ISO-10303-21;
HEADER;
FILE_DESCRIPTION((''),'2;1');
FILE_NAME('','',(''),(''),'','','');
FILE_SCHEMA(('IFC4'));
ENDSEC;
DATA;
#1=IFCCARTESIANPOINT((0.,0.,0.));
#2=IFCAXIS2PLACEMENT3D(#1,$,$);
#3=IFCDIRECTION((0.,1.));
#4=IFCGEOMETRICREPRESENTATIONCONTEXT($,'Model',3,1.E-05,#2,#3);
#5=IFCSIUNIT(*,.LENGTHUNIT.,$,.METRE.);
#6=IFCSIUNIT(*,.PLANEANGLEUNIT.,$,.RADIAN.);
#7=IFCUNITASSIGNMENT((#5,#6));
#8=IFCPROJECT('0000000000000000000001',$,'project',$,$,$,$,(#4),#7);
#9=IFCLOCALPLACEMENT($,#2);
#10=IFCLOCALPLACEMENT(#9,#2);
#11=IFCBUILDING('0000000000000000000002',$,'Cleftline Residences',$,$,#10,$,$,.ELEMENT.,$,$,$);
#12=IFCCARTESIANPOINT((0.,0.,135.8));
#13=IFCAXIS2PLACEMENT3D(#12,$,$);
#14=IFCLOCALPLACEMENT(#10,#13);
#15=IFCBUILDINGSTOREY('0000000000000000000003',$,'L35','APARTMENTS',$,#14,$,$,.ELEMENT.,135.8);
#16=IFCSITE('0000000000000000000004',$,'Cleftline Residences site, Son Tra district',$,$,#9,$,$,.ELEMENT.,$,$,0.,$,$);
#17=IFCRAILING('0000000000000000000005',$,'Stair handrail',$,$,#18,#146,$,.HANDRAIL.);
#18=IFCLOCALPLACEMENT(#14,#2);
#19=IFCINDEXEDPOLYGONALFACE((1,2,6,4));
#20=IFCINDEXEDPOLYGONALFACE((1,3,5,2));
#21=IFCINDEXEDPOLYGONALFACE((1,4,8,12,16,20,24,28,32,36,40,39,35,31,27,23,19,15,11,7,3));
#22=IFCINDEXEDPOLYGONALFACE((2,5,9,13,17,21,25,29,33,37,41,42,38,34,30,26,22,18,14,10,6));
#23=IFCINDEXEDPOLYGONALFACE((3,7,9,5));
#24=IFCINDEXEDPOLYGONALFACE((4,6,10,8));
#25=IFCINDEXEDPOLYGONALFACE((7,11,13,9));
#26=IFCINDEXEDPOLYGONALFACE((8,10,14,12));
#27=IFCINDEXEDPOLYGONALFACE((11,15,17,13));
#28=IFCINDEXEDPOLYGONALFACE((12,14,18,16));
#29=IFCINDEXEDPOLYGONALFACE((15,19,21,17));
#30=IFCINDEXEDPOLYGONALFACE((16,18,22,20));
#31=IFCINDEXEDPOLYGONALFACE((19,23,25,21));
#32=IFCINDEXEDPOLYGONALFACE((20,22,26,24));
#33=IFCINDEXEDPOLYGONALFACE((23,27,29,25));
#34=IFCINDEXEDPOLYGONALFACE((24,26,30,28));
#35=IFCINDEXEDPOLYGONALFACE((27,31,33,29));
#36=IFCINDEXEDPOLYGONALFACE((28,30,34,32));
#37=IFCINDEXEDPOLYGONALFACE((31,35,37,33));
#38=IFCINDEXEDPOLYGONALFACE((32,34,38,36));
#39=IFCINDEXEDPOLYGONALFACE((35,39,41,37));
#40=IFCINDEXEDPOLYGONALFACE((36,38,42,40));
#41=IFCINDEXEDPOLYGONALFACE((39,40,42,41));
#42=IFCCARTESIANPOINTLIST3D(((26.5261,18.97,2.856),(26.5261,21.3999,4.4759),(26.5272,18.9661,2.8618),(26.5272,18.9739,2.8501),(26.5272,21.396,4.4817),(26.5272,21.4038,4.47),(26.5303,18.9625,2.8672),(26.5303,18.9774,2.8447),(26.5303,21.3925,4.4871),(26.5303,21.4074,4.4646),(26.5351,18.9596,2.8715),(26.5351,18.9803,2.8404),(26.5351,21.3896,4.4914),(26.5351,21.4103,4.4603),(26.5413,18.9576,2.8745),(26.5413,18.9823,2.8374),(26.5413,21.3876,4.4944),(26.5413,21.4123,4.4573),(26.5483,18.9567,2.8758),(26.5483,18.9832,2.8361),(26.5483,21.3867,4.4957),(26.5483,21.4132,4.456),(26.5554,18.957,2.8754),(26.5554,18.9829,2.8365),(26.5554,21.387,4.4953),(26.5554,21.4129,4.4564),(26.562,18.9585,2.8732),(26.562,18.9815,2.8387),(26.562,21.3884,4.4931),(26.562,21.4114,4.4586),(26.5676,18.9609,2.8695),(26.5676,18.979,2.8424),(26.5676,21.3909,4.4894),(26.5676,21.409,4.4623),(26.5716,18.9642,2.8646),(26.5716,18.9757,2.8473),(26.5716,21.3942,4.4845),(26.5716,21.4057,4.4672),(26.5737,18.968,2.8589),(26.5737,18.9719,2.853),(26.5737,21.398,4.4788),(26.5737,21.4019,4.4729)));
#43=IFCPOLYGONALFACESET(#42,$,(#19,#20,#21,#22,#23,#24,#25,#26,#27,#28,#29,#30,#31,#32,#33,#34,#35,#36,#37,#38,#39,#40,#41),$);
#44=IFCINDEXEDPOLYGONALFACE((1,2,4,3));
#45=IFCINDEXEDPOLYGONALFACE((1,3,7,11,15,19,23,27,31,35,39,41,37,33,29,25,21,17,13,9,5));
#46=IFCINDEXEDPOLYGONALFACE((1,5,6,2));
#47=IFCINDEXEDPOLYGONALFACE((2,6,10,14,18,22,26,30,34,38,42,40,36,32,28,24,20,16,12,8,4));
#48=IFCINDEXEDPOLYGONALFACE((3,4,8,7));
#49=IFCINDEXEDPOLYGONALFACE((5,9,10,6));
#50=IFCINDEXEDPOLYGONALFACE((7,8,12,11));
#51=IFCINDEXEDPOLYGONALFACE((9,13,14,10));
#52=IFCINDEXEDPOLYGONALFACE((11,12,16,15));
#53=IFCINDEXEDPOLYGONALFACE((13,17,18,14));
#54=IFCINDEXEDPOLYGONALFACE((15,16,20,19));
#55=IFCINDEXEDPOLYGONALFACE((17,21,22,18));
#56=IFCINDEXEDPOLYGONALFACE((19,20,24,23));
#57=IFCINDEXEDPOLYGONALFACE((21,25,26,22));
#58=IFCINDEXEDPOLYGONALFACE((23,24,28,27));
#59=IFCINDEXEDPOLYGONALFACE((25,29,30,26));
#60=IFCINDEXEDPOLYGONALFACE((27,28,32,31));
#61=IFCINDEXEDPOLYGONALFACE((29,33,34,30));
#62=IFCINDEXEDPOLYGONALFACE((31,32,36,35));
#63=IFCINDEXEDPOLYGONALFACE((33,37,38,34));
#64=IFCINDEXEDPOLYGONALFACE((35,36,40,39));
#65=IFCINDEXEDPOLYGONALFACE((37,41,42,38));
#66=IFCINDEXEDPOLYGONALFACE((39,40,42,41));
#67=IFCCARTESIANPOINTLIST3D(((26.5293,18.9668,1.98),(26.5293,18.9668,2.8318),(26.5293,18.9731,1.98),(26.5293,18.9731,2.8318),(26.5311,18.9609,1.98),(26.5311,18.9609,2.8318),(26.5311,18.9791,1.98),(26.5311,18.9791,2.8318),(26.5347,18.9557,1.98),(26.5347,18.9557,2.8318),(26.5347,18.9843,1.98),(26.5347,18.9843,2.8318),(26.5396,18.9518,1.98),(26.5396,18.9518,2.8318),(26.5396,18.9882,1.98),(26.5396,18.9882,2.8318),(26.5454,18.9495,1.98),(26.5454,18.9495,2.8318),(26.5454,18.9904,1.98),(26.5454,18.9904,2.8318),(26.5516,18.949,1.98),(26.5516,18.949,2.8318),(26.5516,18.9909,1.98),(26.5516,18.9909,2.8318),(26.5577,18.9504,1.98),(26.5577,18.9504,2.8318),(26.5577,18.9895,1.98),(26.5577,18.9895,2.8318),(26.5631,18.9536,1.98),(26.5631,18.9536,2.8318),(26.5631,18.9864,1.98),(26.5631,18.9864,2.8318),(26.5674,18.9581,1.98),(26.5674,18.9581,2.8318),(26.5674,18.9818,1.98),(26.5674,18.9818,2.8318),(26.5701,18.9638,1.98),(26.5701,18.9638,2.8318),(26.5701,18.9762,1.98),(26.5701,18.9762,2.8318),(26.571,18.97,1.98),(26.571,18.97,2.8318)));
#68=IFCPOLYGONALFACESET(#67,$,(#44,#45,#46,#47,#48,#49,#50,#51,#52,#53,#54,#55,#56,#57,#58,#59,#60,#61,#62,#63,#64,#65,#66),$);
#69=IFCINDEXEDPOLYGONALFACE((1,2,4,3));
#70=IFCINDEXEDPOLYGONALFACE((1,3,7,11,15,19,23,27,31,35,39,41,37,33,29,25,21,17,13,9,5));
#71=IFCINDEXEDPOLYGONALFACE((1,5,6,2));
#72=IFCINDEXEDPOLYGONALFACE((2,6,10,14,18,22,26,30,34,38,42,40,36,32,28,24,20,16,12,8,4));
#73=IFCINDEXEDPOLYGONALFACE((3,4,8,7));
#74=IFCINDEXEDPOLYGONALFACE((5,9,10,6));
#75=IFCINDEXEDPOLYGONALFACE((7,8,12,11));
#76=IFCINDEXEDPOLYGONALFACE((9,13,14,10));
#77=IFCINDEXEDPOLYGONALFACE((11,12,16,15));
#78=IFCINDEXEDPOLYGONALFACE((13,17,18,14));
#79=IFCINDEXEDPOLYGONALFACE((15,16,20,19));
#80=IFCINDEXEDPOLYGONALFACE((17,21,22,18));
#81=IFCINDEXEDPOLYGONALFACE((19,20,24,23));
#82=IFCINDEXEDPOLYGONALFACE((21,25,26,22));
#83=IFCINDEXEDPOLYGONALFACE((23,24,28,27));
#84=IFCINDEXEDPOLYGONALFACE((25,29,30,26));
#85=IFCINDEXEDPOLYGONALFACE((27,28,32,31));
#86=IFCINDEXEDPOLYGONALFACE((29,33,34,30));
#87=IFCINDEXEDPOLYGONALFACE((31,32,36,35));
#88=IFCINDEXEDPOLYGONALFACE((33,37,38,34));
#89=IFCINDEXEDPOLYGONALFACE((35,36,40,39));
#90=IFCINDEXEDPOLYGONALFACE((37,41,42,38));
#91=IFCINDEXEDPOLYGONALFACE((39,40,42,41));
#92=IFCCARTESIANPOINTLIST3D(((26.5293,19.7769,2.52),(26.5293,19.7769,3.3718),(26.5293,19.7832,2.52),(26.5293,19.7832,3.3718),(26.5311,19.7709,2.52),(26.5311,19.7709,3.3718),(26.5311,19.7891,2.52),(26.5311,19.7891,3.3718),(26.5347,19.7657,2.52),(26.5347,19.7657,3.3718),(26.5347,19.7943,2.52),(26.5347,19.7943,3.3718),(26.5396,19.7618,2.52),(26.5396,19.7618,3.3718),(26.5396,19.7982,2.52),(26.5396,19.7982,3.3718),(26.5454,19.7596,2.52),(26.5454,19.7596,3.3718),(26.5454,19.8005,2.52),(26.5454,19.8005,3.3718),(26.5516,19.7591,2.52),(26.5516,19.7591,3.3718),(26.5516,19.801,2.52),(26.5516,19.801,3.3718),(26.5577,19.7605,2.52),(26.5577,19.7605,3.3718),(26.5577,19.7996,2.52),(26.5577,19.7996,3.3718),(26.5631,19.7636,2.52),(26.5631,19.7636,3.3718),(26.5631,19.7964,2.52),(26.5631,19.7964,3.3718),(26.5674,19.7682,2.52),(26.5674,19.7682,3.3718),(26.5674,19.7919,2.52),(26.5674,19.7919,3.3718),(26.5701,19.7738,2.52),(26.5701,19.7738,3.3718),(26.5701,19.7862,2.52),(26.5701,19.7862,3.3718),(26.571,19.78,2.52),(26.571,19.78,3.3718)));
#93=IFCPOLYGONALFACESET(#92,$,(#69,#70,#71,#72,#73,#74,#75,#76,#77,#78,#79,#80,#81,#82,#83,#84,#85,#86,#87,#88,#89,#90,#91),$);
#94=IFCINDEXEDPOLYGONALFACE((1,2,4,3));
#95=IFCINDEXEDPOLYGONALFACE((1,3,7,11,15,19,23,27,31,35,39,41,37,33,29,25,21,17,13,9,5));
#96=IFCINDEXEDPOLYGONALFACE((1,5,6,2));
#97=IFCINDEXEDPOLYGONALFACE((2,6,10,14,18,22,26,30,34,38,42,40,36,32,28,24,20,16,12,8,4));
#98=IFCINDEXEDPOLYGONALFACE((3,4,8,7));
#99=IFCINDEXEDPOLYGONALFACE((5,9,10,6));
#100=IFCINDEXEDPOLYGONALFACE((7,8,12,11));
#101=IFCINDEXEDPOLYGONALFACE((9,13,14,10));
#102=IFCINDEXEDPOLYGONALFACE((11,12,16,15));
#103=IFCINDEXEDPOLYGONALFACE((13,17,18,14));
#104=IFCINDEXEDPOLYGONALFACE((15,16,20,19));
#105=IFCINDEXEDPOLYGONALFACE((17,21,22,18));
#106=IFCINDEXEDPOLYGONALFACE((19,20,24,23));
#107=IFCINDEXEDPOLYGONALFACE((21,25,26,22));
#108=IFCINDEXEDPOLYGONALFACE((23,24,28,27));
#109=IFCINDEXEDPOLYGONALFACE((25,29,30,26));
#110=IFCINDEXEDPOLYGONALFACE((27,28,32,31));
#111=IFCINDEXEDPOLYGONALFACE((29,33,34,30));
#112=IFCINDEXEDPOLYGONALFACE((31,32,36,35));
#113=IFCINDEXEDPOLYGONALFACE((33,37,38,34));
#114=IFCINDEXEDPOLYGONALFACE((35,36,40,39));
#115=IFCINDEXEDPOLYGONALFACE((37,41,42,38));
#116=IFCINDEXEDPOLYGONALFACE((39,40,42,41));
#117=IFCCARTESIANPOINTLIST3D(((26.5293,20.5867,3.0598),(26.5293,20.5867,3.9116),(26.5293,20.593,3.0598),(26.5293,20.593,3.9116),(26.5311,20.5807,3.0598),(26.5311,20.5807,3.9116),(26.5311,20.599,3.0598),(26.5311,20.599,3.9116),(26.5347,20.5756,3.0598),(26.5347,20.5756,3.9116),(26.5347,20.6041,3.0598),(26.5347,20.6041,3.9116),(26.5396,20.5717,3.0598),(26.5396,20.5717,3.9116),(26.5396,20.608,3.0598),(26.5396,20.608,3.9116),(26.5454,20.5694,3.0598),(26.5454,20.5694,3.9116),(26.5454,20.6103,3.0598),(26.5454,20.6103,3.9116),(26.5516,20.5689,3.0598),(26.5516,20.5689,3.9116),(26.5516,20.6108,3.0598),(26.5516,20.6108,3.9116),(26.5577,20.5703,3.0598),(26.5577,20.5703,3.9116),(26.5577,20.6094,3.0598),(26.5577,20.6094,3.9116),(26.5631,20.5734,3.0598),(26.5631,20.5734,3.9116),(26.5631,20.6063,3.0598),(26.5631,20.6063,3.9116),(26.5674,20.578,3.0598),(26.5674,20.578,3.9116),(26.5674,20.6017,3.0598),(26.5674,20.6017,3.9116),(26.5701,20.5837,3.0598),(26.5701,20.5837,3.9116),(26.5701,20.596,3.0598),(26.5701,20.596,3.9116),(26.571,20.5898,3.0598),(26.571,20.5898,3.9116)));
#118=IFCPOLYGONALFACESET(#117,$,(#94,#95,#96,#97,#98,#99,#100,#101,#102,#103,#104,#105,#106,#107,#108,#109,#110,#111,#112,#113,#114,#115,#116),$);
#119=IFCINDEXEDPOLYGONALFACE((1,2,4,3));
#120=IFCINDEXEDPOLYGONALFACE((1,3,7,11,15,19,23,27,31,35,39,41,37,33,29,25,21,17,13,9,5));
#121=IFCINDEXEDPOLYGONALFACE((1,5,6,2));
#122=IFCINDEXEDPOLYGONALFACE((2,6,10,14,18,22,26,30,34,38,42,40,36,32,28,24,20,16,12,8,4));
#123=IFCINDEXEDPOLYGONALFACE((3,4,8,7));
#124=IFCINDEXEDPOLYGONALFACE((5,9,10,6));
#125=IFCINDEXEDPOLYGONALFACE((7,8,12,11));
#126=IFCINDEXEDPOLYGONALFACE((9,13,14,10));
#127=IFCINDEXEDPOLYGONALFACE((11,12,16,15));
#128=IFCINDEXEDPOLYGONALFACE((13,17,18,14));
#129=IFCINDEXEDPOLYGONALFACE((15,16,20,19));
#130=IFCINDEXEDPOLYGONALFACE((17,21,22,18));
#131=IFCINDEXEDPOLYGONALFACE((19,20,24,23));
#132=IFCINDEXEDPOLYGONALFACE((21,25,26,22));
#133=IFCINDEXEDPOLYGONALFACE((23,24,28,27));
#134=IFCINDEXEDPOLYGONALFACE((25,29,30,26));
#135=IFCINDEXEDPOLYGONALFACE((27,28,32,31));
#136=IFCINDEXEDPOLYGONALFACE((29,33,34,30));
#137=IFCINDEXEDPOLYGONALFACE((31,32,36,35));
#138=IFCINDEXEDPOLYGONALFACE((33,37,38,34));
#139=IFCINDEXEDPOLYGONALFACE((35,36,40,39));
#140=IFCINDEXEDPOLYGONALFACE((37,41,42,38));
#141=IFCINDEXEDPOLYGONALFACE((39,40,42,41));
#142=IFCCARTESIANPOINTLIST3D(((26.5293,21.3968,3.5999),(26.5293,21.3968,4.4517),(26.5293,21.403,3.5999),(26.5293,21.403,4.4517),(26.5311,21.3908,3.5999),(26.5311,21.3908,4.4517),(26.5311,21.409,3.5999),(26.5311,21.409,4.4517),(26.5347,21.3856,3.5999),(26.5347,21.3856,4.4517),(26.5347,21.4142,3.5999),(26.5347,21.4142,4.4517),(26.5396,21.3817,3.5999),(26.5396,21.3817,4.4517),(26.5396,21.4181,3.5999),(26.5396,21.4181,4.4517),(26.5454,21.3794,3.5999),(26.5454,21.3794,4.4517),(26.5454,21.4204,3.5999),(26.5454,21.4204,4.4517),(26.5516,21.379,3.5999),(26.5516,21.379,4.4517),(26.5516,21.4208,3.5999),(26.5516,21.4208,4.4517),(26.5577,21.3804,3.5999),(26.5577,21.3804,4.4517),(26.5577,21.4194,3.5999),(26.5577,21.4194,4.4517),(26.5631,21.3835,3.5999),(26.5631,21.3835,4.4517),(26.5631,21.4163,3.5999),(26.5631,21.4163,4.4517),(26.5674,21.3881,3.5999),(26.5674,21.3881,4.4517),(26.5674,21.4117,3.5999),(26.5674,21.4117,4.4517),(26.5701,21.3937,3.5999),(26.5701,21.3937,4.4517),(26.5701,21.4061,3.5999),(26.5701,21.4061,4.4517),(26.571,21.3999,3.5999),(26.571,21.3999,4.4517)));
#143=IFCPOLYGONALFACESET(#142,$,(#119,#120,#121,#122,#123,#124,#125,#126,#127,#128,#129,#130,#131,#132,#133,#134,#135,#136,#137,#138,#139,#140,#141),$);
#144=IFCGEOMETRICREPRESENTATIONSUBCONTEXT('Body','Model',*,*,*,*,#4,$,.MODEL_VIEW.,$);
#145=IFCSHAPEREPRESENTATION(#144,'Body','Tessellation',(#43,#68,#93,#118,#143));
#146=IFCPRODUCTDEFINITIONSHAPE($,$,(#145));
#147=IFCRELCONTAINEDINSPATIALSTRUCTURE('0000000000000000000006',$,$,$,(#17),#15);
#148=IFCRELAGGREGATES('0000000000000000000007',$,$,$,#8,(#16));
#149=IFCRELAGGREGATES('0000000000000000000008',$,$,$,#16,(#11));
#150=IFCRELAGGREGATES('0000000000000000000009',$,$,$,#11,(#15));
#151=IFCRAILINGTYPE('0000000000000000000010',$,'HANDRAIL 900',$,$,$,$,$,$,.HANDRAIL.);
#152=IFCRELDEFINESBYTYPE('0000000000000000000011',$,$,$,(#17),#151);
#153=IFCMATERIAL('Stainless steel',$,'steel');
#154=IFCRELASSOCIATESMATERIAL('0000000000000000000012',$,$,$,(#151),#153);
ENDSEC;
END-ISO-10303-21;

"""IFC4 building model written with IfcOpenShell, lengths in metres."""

from ifc_helpers import new_model, si_unit, direction, frame, origin, origin_2d, place, context, subcontext, project, spatial, circle, extrude, material, type_object, element, save


model = new_model("IFC4")

# Units and contexts
model_context = context("Model", 3, precision=1e-05, world=origin(), true_north=direction((0.0, 1.0)))
body_context = subcontext(model_context, "Body", "Model", "MODEL_VIEW")
ifc_project = project(units=[si_unit("LENGTHUNIT", "METRE"), si_unit("PLANEANGLEUNIT", "RADIAN")], contexts=[model_context])

# Site, building, storey
site_placement = place(None, origin())
site = spatial("IfcSite", under=ifc_project, at=site_placement, Name="Cleftline Residences site, Son Tra district", CompositionType="ELEMENT", RefElevation=0.0)
building_placement = place(site_placement, origin())
building = spatial("IfcBuilding", under=site, at=building_placement, Name="Cleftline Residences", CompositionType="ELEMENT")
storey_placement = place(building_placement, frame((0.0, 0.0, 135.8)))
storey = spatial("IfcBuildingStorey", under=building, at=storey_placement, Name="L35", Description="APARTMENTS", CompositionType="ELEMENT", Elevation=135.8)

# Railing
ifc_material_1 = material(Name="Stainless steel", Category="steel")
railing_type = type_object("IfcRailingType", Name="HANDRAIL 900", PredefinedType="HANDRAIL", material=ifc_material_1)
railing_1_placement = place(storey_placement, frame((26.55, 18.97, 1.98)))
element("IfcRailing", 1, at=railing_1_placement, inside=storey, type_object=railing_type, Name="Stair handrail", PredefinedType="HANDRAIL", context=body_context, shape_type="SweptSolid", body=[
    extrude(circle(Radius=0.0239, at=origin_2d()), frame((0.0, 0.0, 0.876), z_axis=(0.0, 0.832063, 0.554681), x_axis=(-1.0, 0.0, 0.0)), (0.0, 0.0, 1.0), 2.9204),
    extrude(circle(Radius=0.021, at=origin_2d()), origin(), (0.0, 0.0, 1.0), 0.8518),
    extrude(circle(Radius=0.021, at=origin_2d()), frame((0.0, 0.8101, 0.54)), (0.0, 0.0, 1.0), 0.8518),
    extrude(circle(Radius=0.021, at=origin_2d()), frame((0.0, 1.6199, 1.0798)), (0.0, 0.0, 1.0), 0.8518),
    extrude(circle(Radius=0.021, at=origin_2d()), frame((0.0, 2.4299, 1.6199)), (0.0, 0.0, 1.0), 0.8518),
])

save(model, "model.ifc")
